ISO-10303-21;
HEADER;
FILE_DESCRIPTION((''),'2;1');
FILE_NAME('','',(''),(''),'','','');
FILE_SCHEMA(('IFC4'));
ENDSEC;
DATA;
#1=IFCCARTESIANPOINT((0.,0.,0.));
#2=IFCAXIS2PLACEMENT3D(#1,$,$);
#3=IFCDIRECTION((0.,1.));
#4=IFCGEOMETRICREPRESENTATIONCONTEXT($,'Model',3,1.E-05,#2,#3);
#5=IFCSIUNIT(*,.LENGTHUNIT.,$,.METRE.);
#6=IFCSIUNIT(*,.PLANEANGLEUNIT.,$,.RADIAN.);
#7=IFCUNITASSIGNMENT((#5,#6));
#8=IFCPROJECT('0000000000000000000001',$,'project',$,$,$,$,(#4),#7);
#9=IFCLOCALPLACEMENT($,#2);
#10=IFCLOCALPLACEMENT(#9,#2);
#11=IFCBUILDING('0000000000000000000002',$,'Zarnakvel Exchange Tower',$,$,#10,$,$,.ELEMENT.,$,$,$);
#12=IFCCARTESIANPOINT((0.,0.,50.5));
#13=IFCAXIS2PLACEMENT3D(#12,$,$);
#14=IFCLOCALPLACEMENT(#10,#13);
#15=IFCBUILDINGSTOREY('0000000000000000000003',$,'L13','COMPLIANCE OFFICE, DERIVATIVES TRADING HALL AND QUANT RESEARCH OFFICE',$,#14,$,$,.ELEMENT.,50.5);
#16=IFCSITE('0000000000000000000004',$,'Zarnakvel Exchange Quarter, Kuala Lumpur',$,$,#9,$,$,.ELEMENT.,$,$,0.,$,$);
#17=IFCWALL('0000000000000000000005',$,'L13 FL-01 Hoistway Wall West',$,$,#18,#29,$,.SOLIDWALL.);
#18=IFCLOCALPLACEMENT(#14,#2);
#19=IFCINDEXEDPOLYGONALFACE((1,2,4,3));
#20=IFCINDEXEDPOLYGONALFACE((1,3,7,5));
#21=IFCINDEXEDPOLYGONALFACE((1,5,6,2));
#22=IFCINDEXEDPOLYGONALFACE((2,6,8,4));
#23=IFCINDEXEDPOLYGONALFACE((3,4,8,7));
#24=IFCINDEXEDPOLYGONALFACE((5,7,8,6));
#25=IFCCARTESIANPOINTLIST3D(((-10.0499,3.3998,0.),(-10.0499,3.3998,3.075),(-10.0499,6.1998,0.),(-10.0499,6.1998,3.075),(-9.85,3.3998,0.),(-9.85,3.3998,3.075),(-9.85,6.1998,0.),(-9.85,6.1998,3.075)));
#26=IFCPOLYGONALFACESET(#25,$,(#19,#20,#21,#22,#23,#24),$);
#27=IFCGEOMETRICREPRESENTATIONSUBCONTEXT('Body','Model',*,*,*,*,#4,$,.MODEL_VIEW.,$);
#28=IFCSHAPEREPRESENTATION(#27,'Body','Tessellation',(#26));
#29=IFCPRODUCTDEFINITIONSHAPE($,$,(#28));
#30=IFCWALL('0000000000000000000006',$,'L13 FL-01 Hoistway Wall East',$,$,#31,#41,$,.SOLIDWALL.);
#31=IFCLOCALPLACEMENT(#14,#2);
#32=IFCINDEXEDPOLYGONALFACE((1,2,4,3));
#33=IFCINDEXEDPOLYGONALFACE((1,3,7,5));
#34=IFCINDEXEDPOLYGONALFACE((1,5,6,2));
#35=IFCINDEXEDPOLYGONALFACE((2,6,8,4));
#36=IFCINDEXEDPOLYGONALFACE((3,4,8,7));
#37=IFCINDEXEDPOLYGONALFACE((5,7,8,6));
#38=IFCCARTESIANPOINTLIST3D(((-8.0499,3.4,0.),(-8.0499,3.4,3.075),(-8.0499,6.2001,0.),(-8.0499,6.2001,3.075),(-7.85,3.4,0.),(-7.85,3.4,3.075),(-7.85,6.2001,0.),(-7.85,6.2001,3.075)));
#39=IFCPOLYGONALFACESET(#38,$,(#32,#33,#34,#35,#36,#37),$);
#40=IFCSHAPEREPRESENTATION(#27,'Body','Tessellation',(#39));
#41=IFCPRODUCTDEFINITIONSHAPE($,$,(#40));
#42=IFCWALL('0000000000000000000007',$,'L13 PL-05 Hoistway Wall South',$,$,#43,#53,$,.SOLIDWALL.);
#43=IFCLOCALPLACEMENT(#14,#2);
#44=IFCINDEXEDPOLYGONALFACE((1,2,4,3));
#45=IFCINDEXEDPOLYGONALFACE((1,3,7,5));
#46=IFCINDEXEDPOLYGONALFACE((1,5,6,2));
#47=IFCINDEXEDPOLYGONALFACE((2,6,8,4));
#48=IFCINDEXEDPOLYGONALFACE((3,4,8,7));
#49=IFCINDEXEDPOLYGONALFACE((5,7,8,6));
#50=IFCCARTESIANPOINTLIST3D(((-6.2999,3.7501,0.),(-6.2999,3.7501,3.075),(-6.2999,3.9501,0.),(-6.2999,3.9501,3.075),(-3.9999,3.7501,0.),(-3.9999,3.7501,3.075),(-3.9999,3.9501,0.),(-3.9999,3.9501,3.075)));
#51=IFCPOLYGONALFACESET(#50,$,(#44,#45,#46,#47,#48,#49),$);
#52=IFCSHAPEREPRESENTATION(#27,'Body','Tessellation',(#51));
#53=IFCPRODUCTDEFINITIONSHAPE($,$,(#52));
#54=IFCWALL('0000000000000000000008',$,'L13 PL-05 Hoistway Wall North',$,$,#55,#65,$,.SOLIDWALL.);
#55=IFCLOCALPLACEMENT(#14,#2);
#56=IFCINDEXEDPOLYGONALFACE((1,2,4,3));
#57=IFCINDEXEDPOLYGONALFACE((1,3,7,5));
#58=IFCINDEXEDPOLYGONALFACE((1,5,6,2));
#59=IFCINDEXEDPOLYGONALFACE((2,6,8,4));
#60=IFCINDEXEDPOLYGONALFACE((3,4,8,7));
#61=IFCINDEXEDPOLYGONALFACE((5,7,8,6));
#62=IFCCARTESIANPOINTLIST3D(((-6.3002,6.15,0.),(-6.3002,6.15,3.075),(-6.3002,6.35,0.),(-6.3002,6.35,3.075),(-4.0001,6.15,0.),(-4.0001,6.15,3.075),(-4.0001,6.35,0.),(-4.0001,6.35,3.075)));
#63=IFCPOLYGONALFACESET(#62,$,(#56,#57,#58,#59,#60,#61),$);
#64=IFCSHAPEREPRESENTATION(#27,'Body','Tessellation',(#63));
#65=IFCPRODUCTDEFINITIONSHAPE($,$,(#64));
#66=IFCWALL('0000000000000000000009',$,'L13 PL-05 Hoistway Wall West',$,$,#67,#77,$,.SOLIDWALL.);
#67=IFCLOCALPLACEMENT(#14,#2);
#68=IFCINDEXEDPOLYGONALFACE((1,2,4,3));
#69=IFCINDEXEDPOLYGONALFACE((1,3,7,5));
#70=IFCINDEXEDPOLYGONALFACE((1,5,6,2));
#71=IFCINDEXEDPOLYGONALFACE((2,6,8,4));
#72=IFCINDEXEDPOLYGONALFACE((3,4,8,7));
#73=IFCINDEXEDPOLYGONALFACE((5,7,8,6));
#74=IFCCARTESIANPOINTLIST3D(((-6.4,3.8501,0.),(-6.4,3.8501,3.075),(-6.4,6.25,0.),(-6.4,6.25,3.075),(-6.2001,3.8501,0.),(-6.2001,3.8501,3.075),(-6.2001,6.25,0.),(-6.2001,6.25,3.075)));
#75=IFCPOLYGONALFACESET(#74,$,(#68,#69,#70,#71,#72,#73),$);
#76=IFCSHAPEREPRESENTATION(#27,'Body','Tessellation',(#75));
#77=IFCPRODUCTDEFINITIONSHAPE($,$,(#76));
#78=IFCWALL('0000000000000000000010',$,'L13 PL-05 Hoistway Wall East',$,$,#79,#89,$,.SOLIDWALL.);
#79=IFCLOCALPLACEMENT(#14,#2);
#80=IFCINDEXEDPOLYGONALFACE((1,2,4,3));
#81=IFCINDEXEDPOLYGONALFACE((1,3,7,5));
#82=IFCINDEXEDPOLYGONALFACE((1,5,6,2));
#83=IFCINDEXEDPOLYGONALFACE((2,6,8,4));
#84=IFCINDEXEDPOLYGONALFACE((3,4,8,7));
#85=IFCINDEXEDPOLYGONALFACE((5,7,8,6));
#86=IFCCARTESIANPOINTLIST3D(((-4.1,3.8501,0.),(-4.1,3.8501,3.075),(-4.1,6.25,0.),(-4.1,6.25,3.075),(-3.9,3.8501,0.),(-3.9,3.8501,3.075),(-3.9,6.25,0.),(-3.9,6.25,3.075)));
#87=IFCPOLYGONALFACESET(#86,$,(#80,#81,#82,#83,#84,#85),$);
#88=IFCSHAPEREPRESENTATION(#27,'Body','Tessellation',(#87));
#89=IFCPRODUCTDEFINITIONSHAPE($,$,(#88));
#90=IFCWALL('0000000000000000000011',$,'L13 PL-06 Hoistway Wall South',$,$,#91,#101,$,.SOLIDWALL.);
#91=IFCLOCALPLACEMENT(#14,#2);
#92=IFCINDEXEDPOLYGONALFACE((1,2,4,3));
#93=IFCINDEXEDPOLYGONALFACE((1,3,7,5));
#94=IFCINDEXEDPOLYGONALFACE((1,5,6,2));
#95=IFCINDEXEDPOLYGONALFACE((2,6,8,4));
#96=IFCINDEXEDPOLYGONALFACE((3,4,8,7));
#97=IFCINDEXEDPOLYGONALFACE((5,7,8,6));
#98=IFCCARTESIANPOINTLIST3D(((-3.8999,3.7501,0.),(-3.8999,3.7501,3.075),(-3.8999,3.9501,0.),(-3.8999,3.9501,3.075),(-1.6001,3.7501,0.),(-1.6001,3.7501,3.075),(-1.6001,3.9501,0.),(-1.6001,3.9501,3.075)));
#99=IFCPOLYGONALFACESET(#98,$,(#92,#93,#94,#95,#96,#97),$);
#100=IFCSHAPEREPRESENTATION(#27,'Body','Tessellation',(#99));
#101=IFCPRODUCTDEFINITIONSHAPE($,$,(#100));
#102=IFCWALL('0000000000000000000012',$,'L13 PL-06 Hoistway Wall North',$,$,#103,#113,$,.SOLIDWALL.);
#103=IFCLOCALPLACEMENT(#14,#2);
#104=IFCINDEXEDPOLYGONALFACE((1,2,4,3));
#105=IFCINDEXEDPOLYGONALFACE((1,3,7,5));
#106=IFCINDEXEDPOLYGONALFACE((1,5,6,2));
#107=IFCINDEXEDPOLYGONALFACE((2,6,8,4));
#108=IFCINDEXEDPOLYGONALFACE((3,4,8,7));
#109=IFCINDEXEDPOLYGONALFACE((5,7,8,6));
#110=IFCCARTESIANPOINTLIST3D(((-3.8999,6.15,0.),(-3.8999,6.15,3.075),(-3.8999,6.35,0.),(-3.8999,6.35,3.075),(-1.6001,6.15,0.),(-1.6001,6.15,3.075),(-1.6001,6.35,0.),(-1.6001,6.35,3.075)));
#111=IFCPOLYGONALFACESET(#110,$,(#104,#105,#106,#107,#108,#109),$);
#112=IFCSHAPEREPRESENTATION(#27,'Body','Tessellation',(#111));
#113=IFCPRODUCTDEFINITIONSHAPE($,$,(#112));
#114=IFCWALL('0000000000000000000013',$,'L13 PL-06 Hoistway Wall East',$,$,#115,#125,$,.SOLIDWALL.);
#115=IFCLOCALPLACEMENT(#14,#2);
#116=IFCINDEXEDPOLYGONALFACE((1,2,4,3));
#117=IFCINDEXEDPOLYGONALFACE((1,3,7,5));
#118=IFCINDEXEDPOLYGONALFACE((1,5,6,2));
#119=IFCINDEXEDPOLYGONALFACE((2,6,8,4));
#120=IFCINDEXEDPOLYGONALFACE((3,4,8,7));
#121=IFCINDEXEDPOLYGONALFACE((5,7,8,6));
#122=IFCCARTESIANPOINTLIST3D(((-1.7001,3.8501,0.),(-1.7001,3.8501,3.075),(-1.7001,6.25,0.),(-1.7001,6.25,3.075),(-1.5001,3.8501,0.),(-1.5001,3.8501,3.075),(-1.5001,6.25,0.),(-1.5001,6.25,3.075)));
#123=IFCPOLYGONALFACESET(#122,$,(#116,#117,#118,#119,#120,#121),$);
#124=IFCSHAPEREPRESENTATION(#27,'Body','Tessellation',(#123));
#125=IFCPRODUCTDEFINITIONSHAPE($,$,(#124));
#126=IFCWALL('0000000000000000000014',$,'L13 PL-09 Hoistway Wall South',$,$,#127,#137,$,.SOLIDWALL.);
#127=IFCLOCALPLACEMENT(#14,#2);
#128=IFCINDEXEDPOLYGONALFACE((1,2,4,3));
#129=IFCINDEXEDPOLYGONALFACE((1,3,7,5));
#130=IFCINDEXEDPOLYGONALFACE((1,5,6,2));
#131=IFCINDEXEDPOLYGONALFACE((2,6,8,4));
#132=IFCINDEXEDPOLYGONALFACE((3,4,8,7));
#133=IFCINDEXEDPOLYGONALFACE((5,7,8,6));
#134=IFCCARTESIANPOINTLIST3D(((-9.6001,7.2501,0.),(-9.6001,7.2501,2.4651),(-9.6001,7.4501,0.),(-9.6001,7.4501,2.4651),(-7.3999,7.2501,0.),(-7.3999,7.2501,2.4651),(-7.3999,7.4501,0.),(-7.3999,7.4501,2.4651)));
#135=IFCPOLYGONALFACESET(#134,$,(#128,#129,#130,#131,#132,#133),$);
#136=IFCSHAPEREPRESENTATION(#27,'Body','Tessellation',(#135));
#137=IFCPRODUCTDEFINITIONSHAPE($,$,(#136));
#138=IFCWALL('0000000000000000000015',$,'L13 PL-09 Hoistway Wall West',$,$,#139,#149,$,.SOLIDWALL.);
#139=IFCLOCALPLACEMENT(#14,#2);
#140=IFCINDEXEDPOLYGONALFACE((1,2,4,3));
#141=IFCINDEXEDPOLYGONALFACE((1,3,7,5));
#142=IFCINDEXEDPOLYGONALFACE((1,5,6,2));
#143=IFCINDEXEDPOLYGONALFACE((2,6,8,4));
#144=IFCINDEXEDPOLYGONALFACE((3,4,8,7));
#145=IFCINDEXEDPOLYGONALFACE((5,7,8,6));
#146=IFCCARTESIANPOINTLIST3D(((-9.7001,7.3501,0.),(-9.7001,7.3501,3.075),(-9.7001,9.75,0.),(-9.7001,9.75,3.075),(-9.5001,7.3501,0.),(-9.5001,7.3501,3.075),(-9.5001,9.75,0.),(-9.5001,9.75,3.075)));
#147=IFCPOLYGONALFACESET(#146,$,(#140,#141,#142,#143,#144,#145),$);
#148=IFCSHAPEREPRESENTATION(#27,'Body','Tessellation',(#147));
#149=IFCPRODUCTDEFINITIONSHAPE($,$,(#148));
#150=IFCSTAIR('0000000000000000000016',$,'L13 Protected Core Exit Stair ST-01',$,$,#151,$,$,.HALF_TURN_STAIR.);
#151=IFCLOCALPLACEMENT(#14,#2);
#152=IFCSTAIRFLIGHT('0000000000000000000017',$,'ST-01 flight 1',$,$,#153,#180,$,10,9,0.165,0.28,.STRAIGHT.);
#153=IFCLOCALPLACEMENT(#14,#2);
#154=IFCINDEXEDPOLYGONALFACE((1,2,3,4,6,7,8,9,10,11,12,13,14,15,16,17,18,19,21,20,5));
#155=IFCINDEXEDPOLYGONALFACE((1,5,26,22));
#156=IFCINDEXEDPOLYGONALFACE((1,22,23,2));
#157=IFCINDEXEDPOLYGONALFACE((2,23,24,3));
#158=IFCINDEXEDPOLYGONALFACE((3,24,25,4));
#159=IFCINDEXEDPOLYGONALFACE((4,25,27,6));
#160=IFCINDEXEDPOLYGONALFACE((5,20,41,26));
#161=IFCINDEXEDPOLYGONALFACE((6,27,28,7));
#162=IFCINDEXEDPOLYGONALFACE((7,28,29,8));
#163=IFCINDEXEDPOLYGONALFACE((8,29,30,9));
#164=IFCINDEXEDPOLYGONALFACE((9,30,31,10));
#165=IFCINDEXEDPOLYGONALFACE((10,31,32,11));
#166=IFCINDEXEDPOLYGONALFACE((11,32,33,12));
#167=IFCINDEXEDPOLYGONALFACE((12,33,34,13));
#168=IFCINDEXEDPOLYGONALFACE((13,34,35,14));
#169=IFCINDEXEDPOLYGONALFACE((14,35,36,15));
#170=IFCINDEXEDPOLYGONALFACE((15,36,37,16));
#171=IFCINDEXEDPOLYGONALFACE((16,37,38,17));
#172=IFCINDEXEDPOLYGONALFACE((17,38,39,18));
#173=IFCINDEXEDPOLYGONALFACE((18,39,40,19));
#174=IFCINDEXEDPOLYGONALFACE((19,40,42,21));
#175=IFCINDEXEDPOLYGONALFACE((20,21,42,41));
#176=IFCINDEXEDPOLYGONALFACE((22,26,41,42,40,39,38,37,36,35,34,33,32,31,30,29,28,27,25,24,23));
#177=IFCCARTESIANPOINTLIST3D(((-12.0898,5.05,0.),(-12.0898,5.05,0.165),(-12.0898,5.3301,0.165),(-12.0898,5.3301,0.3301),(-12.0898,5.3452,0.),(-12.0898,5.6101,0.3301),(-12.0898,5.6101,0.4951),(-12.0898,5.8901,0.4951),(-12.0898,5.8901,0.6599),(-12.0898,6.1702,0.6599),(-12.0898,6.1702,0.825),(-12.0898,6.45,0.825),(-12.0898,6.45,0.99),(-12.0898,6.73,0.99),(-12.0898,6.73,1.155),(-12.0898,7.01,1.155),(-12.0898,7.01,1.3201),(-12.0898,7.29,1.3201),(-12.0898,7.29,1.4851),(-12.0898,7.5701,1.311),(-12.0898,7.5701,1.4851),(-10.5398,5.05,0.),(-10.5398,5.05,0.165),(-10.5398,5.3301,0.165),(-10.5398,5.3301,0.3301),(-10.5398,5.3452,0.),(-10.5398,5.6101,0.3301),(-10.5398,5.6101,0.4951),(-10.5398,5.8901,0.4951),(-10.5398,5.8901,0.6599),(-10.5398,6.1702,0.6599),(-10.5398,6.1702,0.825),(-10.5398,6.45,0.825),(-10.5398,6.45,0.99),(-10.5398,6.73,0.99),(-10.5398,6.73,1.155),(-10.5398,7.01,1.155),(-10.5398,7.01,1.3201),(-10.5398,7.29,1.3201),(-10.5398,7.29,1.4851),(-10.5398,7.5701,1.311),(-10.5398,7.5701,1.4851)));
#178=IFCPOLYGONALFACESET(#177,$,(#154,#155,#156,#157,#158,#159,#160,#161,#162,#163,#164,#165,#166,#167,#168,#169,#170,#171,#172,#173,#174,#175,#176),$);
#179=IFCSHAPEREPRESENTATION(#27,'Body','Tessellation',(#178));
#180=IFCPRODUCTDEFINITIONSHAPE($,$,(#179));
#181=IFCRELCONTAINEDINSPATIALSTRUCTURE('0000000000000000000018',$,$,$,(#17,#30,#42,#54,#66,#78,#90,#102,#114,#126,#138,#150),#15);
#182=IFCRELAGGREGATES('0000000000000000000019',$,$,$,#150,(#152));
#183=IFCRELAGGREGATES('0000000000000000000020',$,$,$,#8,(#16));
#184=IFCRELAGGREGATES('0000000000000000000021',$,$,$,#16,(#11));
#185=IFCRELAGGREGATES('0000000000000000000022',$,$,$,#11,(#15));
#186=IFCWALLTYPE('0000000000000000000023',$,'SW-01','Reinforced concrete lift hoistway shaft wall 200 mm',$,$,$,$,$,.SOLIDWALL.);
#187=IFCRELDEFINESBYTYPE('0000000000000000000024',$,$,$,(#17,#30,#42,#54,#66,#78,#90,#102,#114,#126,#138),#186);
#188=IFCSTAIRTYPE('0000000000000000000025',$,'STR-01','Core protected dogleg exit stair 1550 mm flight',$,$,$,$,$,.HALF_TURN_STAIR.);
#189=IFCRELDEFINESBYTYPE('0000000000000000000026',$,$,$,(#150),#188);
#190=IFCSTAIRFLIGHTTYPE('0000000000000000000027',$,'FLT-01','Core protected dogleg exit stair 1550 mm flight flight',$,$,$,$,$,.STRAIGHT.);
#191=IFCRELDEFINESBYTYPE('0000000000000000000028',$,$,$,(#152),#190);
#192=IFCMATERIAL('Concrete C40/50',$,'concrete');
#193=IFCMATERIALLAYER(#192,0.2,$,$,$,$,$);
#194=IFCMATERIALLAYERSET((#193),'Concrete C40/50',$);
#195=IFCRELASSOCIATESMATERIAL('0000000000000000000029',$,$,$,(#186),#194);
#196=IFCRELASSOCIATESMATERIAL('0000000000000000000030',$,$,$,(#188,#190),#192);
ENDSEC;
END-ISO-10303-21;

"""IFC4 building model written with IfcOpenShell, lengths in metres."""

from ifc_helpers import new_model, si_unit, direction, frame, frame_2d, origin, place, context, subcontext, project, spatial, polyline, rectangle, outline, extrude, material, layer, layer_set, type_object, element, aggregate, save


model = new_model("IFC4")

# Units and contexts
model_context = context("Model", 3, precision=1e-05, world=origin(), true_north=direction((0.0, 1.0)))
body_context = subcontext(model_context, "Body", "Model", "MODEL_VIEW")
ifc_project = project(units=[si_unit("LENGTHUNIT", "METRE"), si_unit("PLANEANGLEUNIT", "RADIAN")], contexts=[model_context])

# Site, building, storey
site_placement = place(None, origin())
site = spatial("IfcSite", under=ifc_project, at=site_placement, Name="Zarnakvel Exchange Quarter, Kuala Lumpur", CompositionType="ELEMENT", RefElevation=0.0)
building_placement = place(site_placement, origin())
building = spatial("IfcBuilding", under=site, at=building_placement, Name="Zarnakvel Exchange Tower", CompositionType="ELEMENT")
storey_placement = place(building_placement, frame((0.0, 0.0, 50.5)))
storey = spatial("IfcBuildingStorey", under=building, at=storey_placement, Name="L13", Description="COMPLIANCE OFFICE, DERIVATIVES TRADING HALL AND QUANT RESEARCH OFFICE", CompositionType="ELEMENT", Elevation=50.5)

# Shared definitions
ifc_material_1 = material(Name="Concrete C40/50", Category="concrete")
ifc_layer_1 = layer(ifc_material_1, 0.2)
ifc_layer_set_1 = layer_set([ifc_layer_1], Name="Concrete C40/50")
wall_type_1 = type_object("IfcWallType", Name="SW-01", Description="Reinforced concrete lift hoistway shaft wall 200 mm", PredefinedType="SOLIDWALL", material=ifc_layer_set_1)

# Walls
for number, where, z_axis, x_axis, name in (
    (1, (-9.95, 3.3999, 0.0), (0.0, 0.0, 1.0), (0.0, 1.0, 0.0), "L13 FL-01 Hoistway Wall West"),
    (2, (-7.95, 6.2, 0.0), (0.0, 0.0, 1.0), (0.0, -1.0, 0.0), "L13 FL-01 Hoistway Wall East"),
):
    element("IfcWall", number, at=place(storey_placement, frame(where, z_axis=z_axis, x_axis=x_axis)), inside=storey, type_object=wall_type_1, Name=name, PredefinedType="SOLIDWALL", context=body_context, shape_type="SweptSolid", body=[
        extrude(rectangle(XDim=2.8, YDim=0.2, at=frame_2d((1.3999, 0.0))), origin(), (0.0, 0.0, 1.0), 3.075),
    ])
for number, where, z_axis, x_axis, name in (
    (3, (-4.0, 3.8501, 0.0), (0.0, 0.0, 1.0), (-1.0, 0.0, 0.0), "L13 PL-05 Hoistway Wall South"),
    (4, (-6.3, 6.25, 0.0), (0.0, 0.0, 1.0), (1.0, 0.0, 0.0), "L13 PL-05 Hoistway Wall North"),
):
    element("IfcWall", number, at=place(storey_placement, frame(where, z_axis=z_axis, x_axis=x_axis)), inside=storey, type_object=wall_type_1, Name=name, PredefinedType="SOLIDWALL", context=body_context, shape_type="SweptSolid", body=[
        extrude(rectangle(XDim=2.3, YDim=0.2, at=frame_2d((1.1499, 0.0))), origin(), (0.0, 0.0, 1.0), 3.075),
    ])
for number, where, z_axis, x_axis, name in (
    (5, (-6.3, 3.8501, 0.0), (0.0, 0.0, 1.0), (0.0, 1.0, 0.0), "L13 PL-05 Hoistway Wall West"),
    (6, (-4.0, 6.25, 0.0), (0.0, 0.0, 1.0), (0.0, -1.0, 0.0), "L13 PL-05 Hoistway Wall East"),
):
    element("IfcWall", number, at=place(storey_placement, frame(where, z_axis=z_axis, x_axis=x_axis)), inside=storey, type_object=wall_type_1, Name=name, PredefinedType="SOLIDWALL", context=body_context, shape_type="SweptSolid", body=[
        extrude(rectangle(XDim=2.3999, YDim=0.2, at=frame_2d((1.2, 0.0))), origin(), (0.0, 0.0, 1.0), 3.075),
    ])
for number, where, z_axis, x_axis, name in (
    (7, (-1.6001, 3.8501, 0.0), (0.0, 0.0, 1.0), (-1.0, 0.0, 0.0), "L13 PL-06 Hoistway Wall South"),
    (8, (-3.8999, 6.25, 0.0), (0.0, 0.0, 1.0), (1.0, 0.0, 0.0), "L13 PL-06 Hoistway Wall North"),
):
    element("IfcWall", number, at=place(storey_placement, frame(where, z_axis=z_axis, x_axis=x_axis)), inside=storey, type_object=wall_type_1, Name=name, PredefinedType="SOLIDWALL", context=body_context, shape_type="SweptSolid", body=[
        extrude(rectangle(XDim=2.2998, YDim=0.2, at=frame_2d((1.1499, 0.0))), origin(), (0.0, 0.0, 1.0), 3.075),
    ])
wall_1_placement = place(storey_placement, frame((-1.6001, 6.25, 0.0), z_axis=(0.0, 0.0, 1.0), x_axis=(0.0, -1.0, 0.0)))
element("IfcWall", 9, at=wall_1_placement, inside=storey, type_object=wall_type_1, Name="L13 PL-06 Hoistway Wall East", PredefinedType="SOLIDWALL", context=body_context, shape_type="SweptSolid", body=[
    extrude(rectangle(XDim=2.3999, YDim=0.2, at=frame_2d((1.2, 0.0))), origin(), (0.0, 0.0, 1.0), 3.075),
])
wall_2_placement = place(storey_placement, frame((-7.3999, 7.3501, 0.0), z_axis=(0.0, 0.0, 1.0), x_axis=(-1.0, 0.0, 0.0)))
element("IfcWall", 10, at=wall_2_placement, inside=storey, type_object=wall_type_1, Name="L13 PL-09 Hoistway Wall South", PredefinedType="SOLIDWALL", context=body_context, shape_type="SweptSolid", body=[
    extrude(rectangle(XDim=2.2002, YDim=0.2, at=frame_2d((1.1001, 0.0))), origin(), (0.0, 0.0, 1.0), 2.4651),
])
wall_3_placement = place(storey_placement, frame((-9.6001, 7.3501, 0.0), z_axis=(0.0, 0.0, 1.0), x_axis=(0.0, 1.0, 0.0)))
element("IfcWall", 11, at=wall_3_placement, inside=storey, type_object=wall_type_1, Name="L13 PL-09 Hoistway Wall West", PredefinedType="SOLIDWALL", context=body_context, shape_type="SweptSolid", body=[
    extrude(rectangle(XDim=2.3999, YDim=0.2, at=frame_2d((1.2, 0.0))), origin(), (0.0, 0.0, 1.0), 3.075),
])

# Stair, stair flight
stair_type = type_object("IfcStairType", Name="STR-01", Description="Core protected dogleg exit stair 1550 mm flight", PredefinedType="HALF_TURN_STAIR", material=ifc_material_1)
stair_placement = place(storey_placement, origin())
stair = element("IfcStair", 12, at=stair_placement, inside=storey, type_object=stair_type, Name="L13 Protected Core Exit Stair ST-01", PredefinedType="HALF_TURN_STAIR")
stair_flight_type = type_object("IfcStairFlightType", Name="FLT-01", Description="Core protected dogleg exit stair 1550 mm flight flight", PredefinedType="STRAIGHT", material=ifc_material_1)
stair_flight_placement = place(storey_placement, frame((-11.3149, 5.05, 0.0), z_axis=(0.0, 0.0, 1.0), x_axis=(0.0, 1.0, 0.0)))
stair_flight = element("IfcStairFlight", 13, at=stair_flight_placement, type_object=stair_flight_type, Name="ST-01 flight 1", NumberOfRisers=10, NumberOfTreads=9, PredefinedType="STRAIGHT", RiserHeight=0.165, TreadLength=0.28, context=body_context, shape_type="SweptSolid", body=[
    extrude(outline(polyline([(0.0, 0.0), (0.0, 0.165), (0.28, 0.165), (0.28, 0.3301), (0.5601, 0.3301), (0.5601, 0.4951), (0.8401, 0.4951), (0.8401, 0.6599), (1.1201, 0.6599), (1.1201, 0.825), (1.3999, 0.825), (1.3999, 0.99), (1.6799, 0.99), (1.6799, 1.155), (1.96, 1.155), (1.96, 1.3201), (2.24, 1.3201), (2.24, 1.4851), (2.52, 1.4851), (2.52, 1.6499), (2.52, 1.311), (0.2952, 0.0), (0.0, 0.0)])), frame((0.0, 0.7749, 0.0), z_axis=(0.0, -1.0, 0.0), x_axis=(1.0, 0.0, 0.0)), (0.0, 0.0, 1.0), 1.55),
])
aggregate(stair, [stair_flight])

save(model, "model.ifc")
